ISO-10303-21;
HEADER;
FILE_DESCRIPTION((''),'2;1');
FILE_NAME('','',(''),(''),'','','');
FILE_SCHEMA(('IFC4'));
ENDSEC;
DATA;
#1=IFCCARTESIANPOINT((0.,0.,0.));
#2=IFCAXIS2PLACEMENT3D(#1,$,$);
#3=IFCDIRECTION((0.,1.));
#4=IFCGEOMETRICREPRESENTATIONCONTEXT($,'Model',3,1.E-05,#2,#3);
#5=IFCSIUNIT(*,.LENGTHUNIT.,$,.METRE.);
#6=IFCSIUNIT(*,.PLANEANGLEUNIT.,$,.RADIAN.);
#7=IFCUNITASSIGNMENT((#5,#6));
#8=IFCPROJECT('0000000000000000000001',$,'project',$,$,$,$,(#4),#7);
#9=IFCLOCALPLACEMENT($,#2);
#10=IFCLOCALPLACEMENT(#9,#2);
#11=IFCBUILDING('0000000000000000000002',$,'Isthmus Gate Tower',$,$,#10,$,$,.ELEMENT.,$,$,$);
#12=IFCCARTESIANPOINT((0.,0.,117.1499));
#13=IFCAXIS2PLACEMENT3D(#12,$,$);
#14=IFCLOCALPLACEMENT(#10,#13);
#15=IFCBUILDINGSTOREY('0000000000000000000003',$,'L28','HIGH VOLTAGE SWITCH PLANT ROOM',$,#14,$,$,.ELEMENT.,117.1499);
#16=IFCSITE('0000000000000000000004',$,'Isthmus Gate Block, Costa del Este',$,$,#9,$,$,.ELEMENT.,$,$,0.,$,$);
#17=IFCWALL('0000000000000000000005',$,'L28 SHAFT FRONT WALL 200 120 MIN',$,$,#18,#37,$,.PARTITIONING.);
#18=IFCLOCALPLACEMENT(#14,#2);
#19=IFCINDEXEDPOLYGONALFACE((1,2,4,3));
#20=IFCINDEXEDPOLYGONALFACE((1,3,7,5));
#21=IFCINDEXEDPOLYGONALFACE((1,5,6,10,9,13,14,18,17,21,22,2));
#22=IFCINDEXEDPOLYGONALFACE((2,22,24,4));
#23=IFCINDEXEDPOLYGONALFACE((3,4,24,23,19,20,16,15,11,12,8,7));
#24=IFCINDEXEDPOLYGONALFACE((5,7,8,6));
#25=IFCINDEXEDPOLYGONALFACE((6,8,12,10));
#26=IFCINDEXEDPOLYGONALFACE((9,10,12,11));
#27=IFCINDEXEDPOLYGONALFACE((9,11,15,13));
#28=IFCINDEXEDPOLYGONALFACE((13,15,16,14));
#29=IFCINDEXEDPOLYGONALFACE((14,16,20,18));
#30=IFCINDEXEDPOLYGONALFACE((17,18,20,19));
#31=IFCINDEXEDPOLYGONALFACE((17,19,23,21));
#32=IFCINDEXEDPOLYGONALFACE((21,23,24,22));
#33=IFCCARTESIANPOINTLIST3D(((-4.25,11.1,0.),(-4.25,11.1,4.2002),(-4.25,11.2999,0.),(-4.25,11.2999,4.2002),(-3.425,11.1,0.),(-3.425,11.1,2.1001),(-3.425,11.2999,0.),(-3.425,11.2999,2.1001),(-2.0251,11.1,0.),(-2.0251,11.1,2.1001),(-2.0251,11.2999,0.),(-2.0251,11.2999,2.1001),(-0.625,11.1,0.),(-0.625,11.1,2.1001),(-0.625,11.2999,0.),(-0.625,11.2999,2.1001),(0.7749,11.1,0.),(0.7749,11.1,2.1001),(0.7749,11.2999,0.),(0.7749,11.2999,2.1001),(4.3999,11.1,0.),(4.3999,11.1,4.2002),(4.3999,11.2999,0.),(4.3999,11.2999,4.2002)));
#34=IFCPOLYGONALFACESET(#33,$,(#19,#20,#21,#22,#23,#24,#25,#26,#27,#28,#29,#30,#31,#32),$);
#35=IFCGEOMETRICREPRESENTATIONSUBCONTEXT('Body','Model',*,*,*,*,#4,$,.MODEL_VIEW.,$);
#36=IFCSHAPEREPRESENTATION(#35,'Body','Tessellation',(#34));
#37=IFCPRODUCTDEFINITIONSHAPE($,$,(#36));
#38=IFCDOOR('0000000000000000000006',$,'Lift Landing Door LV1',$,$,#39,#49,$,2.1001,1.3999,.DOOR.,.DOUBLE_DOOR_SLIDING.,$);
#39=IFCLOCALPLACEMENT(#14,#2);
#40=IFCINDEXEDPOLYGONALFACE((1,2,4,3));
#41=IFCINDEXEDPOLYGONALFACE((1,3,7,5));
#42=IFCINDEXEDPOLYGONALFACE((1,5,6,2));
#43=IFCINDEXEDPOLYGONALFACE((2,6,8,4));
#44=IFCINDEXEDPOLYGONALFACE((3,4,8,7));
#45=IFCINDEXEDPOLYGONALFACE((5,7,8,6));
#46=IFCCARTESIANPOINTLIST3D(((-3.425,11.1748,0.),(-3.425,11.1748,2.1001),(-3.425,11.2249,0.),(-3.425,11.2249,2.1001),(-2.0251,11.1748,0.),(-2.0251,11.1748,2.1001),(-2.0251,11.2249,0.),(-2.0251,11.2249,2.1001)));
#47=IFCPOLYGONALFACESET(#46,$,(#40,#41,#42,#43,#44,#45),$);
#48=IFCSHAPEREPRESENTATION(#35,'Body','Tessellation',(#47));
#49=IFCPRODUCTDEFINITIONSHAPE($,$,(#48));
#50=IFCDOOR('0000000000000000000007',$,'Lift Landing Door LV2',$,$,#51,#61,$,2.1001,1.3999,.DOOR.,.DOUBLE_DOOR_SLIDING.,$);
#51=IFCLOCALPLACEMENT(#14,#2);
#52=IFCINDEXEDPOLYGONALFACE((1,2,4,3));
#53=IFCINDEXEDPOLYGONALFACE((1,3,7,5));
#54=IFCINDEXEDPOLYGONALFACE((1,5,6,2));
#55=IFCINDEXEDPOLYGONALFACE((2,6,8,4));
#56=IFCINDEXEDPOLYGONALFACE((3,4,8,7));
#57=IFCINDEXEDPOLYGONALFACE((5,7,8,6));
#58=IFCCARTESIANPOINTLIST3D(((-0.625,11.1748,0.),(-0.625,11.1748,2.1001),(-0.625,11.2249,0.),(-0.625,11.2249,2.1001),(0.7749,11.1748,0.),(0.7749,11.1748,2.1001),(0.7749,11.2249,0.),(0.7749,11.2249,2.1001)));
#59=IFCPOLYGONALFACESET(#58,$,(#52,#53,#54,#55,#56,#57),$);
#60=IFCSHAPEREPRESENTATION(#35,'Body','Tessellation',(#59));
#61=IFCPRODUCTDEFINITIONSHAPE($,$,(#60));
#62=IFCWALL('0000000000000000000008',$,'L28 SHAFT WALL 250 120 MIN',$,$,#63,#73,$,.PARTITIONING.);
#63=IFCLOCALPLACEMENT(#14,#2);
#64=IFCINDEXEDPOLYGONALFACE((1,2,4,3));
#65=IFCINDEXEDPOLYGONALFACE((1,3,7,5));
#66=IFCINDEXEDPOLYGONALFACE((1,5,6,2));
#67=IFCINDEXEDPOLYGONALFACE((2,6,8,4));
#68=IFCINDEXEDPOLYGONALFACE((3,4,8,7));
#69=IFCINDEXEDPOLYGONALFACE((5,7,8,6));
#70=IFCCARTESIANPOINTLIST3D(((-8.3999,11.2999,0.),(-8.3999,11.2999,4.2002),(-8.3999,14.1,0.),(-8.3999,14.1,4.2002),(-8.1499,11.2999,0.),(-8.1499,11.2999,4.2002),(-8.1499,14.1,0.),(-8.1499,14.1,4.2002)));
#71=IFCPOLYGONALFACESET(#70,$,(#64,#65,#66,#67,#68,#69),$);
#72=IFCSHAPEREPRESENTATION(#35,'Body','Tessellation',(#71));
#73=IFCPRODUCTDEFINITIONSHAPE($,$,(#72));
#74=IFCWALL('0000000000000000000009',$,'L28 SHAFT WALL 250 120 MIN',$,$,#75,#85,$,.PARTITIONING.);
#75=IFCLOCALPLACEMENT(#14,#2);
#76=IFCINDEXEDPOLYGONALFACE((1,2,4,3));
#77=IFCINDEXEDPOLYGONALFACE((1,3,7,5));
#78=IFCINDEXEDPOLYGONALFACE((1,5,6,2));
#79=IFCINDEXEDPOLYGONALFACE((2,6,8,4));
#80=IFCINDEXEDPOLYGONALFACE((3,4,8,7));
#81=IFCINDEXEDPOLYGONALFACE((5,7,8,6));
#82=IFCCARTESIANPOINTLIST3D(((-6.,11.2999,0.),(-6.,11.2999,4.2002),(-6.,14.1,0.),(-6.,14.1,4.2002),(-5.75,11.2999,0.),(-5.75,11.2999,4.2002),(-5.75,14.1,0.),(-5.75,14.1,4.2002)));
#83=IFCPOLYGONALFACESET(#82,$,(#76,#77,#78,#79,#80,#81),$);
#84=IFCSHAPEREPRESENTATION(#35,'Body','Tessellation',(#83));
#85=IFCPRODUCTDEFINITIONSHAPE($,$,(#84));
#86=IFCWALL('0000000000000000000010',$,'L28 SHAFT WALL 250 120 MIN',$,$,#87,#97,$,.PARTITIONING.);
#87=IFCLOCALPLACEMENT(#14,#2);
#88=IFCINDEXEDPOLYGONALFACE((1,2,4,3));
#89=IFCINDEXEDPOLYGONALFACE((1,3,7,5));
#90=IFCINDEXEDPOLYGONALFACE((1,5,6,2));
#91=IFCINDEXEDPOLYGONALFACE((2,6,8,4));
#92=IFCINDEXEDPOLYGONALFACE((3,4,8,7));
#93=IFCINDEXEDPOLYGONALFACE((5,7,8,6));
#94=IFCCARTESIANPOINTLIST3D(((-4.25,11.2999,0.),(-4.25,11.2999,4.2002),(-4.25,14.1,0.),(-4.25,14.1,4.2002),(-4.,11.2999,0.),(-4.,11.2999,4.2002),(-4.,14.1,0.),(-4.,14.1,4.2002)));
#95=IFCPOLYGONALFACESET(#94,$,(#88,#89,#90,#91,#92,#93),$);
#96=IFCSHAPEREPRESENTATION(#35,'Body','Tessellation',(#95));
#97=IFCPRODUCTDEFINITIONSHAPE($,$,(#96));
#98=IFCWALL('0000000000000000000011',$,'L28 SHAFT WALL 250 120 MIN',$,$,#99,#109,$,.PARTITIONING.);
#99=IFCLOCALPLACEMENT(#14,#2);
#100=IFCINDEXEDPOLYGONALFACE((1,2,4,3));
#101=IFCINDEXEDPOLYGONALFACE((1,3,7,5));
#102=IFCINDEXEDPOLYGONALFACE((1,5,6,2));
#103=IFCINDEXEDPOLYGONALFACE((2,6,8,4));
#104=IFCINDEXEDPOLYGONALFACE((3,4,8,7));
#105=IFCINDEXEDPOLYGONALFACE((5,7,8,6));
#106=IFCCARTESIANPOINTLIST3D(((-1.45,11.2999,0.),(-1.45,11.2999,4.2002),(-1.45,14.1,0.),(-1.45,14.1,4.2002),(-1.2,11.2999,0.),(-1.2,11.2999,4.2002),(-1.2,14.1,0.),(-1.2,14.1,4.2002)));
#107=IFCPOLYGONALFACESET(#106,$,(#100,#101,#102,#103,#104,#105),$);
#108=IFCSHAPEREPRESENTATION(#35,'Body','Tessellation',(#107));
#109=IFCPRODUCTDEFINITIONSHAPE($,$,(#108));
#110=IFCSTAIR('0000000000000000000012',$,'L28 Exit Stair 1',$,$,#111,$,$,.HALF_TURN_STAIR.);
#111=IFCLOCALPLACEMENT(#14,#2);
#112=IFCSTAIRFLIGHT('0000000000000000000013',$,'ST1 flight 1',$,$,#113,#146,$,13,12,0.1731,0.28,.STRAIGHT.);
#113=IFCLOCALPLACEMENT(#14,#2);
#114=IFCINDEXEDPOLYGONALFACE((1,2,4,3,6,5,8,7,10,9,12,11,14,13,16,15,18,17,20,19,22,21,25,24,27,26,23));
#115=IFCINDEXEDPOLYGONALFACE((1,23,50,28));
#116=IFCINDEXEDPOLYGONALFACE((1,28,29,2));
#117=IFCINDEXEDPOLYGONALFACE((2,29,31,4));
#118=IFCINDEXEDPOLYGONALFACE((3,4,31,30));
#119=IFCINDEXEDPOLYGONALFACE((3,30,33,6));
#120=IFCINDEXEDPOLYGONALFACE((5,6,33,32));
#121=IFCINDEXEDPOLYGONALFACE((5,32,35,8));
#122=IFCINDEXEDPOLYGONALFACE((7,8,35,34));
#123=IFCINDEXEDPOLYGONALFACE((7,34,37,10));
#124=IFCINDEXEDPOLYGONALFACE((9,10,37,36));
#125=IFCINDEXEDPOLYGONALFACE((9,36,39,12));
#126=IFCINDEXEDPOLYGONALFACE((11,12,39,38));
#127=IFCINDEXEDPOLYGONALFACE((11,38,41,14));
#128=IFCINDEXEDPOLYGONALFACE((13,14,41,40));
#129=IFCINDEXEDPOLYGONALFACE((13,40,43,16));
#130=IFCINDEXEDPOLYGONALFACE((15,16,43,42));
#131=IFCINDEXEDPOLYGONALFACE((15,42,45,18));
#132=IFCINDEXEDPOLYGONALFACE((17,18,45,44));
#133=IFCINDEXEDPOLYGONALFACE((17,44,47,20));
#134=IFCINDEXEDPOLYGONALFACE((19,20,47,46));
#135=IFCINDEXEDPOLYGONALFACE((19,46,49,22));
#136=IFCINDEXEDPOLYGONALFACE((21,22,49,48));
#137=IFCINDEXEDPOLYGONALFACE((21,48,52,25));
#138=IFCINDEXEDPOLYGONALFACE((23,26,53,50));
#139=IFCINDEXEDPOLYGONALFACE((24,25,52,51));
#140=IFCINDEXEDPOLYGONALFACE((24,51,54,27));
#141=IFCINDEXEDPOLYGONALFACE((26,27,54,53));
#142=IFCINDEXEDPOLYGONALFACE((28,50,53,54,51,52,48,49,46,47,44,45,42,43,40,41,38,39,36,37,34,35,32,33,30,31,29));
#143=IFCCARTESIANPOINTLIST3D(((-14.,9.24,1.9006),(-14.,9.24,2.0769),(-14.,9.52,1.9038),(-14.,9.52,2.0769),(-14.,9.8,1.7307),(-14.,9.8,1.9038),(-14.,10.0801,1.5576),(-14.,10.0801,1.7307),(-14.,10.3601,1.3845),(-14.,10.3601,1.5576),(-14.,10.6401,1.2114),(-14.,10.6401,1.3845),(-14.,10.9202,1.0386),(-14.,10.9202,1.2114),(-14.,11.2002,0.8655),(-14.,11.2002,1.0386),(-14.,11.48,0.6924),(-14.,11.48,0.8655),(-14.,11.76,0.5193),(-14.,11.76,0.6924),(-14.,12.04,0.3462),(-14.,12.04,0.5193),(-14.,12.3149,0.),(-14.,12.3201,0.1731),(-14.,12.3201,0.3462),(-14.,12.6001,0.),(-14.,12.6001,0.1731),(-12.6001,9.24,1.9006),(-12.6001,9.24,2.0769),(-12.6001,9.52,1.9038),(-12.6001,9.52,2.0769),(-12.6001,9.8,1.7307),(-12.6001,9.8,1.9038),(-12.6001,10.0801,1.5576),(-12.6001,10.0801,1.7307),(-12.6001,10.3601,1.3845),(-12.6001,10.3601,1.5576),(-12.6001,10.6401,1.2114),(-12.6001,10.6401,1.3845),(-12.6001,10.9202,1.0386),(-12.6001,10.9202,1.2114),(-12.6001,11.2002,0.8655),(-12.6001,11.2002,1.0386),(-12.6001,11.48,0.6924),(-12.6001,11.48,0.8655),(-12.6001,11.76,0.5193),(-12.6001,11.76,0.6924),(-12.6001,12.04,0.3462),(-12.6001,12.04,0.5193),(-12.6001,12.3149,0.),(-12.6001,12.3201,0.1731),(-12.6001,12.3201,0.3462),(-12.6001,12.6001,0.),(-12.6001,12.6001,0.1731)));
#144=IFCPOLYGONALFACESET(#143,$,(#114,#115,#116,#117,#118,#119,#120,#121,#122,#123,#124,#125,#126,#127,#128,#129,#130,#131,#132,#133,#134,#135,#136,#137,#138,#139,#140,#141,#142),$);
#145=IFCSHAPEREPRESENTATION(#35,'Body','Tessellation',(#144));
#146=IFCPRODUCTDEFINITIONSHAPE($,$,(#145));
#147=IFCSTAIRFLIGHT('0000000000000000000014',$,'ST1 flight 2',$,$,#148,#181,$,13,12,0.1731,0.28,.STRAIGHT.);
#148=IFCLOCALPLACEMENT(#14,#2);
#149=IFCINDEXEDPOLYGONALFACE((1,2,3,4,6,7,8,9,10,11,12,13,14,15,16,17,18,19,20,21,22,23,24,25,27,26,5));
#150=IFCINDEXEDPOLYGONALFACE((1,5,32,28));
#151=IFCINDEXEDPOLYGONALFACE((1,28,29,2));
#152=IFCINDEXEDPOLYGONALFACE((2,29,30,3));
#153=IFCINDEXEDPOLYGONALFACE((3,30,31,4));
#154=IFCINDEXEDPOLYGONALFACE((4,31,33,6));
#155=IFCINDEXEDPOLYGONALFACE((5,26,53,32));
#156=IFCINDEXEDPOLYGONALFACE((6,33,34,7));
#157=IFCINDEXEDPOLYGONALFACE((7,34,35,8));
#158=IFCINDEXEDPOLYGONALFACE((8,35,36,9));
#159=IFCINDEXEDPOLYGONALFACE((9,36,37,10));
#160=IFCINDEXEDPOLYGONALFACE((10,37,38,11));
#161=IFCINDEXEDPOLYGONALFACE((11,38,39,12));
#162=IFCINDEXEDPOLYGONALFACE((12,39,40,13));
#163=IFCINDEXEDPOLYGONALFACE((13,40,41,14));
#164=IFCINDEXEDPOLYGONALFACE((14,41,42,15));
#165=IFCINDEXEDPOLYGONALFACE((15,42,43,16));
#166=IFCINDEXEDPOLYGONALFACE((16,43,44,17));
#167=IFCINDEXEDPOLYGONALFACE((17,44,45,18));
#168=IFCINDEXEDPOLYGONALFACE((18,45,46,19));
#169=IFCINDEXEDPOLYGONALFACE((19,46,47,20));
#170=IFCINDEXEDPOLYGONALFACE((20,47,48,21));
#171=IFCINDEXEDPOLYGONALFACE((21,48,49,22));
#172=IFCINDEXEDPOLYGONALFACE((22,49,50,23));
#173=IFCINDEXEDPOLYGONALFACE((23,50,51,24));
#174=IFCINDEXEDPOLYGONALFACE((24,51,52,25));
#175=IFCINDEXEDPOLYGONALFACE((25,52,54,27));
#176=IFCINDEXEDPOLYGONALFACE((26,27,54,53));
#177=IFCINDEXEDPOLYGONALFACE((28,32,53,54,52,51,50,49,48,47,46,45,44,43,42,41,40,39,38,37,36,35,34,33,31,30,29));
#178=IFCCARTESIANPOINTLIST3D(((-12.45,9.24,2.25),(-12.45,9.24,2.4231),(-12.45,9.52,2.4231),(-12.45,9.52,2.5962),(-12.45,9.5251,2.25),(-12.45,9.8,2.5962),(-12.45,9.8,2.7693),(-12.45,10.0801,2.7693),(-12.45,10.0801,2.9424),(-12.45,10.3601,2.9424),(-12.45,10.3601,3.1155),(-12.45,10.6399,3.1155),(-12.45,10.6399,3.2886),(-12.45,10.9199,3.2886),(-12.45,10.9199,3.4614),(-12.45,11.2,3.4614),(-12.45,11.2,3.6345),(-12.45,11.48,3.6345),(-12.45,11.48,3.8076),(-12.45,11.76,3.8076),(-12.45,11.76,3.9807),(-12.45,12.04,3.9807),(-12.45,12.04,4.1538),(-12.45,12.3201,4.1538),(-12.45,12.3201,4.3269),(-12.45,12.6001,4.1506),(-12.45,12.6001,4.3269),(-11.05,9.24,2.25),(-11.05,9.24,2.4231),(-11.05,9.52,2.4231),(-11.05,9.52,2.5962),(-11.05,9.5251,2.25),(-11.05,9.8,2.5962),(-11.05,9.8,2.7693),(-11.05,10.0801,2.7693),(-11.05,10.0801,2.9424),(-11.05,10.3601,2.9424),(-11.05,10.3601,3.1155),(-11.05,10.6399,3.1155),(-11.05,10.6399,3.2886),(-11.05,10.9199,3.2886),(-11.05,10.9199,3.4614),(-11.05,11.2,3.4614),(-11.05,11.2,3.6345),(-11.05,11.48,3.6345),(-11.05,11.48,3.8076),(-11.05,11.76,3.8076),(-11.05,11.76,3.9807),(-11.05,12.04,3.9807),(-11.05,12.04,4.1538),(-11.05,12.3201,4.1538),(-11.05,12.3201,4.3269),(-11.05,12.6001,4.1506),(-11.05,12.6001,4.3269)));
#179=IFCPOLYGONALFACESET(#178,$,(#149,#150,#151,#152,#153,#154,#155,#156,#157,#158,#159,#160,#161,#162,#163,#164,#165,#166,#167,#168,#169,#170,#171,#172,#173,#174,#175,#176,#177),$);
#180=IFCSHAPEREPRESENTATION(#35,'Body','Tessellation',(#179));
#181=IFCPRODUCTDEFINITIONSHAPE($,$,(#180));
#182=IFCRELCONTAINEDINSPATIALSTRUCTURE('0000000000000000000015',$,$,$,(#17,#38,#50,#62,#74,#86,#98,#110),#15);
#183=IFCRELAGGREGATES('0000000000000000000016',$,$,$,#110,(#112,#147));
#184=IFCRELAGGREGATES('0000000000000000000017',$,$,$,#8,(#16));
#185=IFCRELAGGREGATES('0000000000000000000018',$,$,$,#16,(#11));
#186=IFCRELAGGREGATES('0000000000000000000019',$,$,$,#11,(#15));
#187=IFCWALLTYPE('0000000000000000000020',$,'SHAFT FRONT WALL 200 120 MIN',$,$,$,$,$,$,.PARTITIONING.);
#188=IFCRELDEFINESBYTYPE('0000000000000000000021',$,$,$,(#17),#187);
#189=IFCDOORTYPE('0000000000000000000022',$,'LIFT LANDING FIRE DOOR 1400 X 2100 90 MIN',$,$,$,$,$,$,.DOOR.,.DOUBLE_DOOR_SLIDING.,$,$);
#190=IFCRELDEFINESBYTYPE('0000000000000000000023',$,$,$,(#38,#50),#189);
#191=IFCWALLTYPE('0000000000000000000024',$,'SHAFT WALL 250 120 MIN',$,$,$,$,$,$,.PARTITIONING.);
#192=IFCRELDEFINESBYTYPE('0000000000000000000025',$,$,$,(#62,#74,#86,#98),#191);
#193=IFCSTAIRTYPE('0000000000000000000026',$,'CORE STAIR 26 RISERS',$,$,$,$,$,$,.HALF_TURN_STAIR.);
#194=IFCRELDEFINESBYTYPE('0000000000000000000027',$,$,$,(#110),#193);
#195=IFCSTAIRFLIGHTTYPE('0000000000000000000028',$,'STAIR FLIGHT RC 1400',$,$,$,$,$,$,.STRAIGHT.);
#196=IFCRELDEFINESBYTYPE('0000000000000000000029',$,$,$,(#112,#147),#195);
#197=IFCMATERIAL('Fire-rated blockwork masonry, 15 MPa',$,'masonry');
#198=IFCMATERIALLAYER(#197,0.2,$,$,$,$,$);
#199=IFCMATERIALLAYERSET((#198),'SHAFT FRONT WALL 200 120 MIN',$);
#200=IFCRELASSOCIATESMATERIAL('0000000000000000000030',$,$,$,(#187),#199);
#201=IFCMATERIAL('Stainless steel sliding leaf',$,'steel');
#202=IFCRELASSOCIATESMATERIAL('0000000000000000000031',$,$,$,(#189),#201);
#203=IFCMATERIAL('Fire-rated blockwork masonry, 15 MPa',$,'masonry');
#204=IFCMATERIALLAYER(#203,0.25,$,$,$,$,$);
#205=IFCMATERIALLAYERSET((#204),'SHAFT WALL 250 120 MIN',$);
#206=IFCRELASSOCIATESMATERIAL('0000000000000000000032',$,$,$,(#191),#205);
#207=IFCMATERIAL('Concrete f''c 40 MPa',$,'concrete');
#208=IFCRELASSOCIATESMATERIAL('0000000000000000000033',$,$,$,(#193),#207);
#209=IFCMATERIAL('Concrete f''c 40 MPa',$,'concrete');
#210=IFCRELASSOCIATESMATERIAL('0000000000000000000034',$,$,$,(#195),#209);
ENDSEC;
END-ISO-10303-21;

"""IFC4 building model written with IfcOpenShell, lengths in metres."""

from ifc_helpers import new_model, si_unit, direction, frame, frame_2d, origin, place, context, subcontext, project, spatial, polyline, rectangle, outline, extrude, material, layer, layer_set, type_object, element, fill, aggregate, save


model = new_model("IFC4")

# Units and contexts
model_context = context("Model", 3, precision=1e-05, world=origin(), true_north=direction((0.0, 1.0)))
body_context = subcontext(model_context, "Body", "Model", "MODEL_VIEW")
ifc_project = project(units=[si_unit("LENGTHUNIT", "METRE"), si_unit("PLANEANGLEUNIT", "RADIAN")], contexts=[model_context])

# Site, building, storey
site_placement = place(None, origin())
site = spatial("IfcSite", under=ifc_project, at=site_placement, Name="Isthmus Gate Block, Costa del Este", CompositionType="ELEMENT", RefElevation=0.0)
building_placement = place(site_placement, origin())
building = spatial("IfcBuilding", under=site, at=building_placement, Name="Isthmus Gate Tower", CompositionType="ELEMENT")
storey_placement = place(building_placement, frame((0.0, 0.0, 117.1499)))
storey = spatial("IfcBuildingStorey", under=building, at=storey_placement, Name="L28", Description="HIGH VOLTAGE SWITCH PLANT ROOM", CompositionType="ELEMENT", Elevation=117.1499)

# Wall, openings, doors
ifc_material_1 = material(Name="Fire-rated blockwork masonry, 15 MPa", Category="masonry")
ifc_layer_1 = layer(ifc_material_1, 0.2)
ifc_layer_set_1 = layer_set([ifc_layer_1], Name="SHAFT FRONT WALL 200 120 MIN")
wall_type_1 = type_object("IfcWallType", Name="SHAFT FRONT WALL 200 120 MIN", PredefinedType="PARTITIONING", material=ifc_layer_set_1)
wall_1_placement = place(storey_placement, frame((-4.25, 11.2, 0.0), z_axis=(0.0, 0.0, 1.0), x_axis=(1.0, 0.0, 0.0)))
wall_1 = element("IfcWall", 1, at=wall_1_placement, inside=storey, type_object=wall_type_1, Name="L28 SHAFT FRONT WALL 200 120 MIN", PredefinedType="PARTITIONING", context=body_context, shape_type="SweptSolid", body=[
    extrude(rectangle(XDim=8.6499, YDim=0.2, at=frame_2d((4.325, 0.0))), origin(), (0.0, 0.0, 1.0), 4.2002),
])
opening_1_placement = place(wall_1_placement, frame((0.825, 0.0, 0.0)))
opening_1 = element("IfcOpeningElement", 2, at=opening_1_placement, cuts=wall_1, PredefinedType="OPENING", context=body_context, shape_type="SweptSolid", body=[
    extrude(rectangle(XDim=1.3999, YDim=2.1001, at=frame_2d((0.7, 1.05))), frame((0.0, 0.1099, 0.0), z_axis=(0.0, -1.0, 0.0), x_axis=(1.0, 0.0, 0.0)), (0.0, 0.0, 1.0), 0.22),
])
opening_2_placement = place(wall_1_placement, frame((3.625, 0.0, 0.0)))
opening_2 = element("IfcOpeningElement", 3, at=opening_2_placement, cuts=wall_1, PredefinedType="OPENING", context=body_context, shape_type="SweptSolid", body=[
    extrude(rectangle(XDim=1.3999, YDim=2.1001, at=frame_2d((0.7, 1.05))), frame((0.0, 0.1099, 0.0), z_axis=(0.0, -1.0, 0.0), x_axis=(1.0, 0.0, 0.0)), (0.0, 0.0, 1.0), 0.22),
])
ifc_material_2 = material(Name="Stainless steel sliding leaf", Category="steel")
door_type_1 = type_object("IfcDoorType", Name="LIFT LANDING FIRE DOOR 1400 X 2100 90 MIN", OperationType="DOUBLE_DOOR_SLIDING", PredefinedType="DOOR", material=ifc_material_2)
door_1_placement = place(opening_1_placement, origin())
door_1 = element("IfcDoor", 4, at=door_1_placement, inside=storey, type_object=door_type_1, Name="Lift Landing Door LV1", OperationType="DOUBLE_DOOR_SLIDING", OverallHeight=2.1001, OverallWidth=1.3999, PredefinedType="DOOR", context=body_context, shape_type="SweptSolid", body=[
    extrude(rectangle(XDim=1.3999, YDim=2.1001, at=frame_2d((0.7, 1.05))), frame((0.0, 0.0249, 0.0), z_axis=(0.0, -1.0, 0.0), x_axis=(1.0, 0.0, 0.0)), (0.0, 0.0, 1.0), 0.05),
])
fill(opening_1, door_1)
door_2_placement = place(opening_2_placement, origin())
door_2 = element("IfcDoor", 5, at=door_2_placement, inside=storey, type_object=door_type_1, Name="Lift Landing Door LV2", OperationType="DOUBLE_DOOR_SLIDING", OverallHeight=2.1001, OverallWidth=1.3999, PredefinedType="DOOR", context=body_context, shape_type="SweptSolid", body=[
    extrude(rectangle(XDim=1.3999, YDim=2.1001, at=frame_2d((0.7, 1.05))), frame((0.0, 0.0249, 0.0), z_axis=(0.0, -1.0, 0.0), x_axis=(1.0, 0.0, 0.0)), (0.0, 0.0, 1.0), 0.05),
])
fill(opening_2, door_2)

# Walls
ifc_material_3 = material(Name="Fire-rated blockwork masonry, 15 MPa", Category="masonry")
ifc_layer_2 = layer(ifc_material_3, 0.25)
ifc_layer_set_2 = layer_set([ifc_layer_2], Name="SHAFT WALL 250 120 MIN")
wall_type_2 = type_object("IfcWallType", Name="SHAFT WALL 250 120 MIN", PredefinedType="PARTITIONING", material=ifc_layer_set_2)
for number, where, z_axis, x_axis, name in (
    (6, (-8.2749, 11.3, 0.0), (0.0, 0.0, 1.0), (0.0, 1.0, 0.0), "L28 SHAFT WALL 250 120 MIN"),
    (7, (-5.875, 11.3, 0.0), (0.0, 0.0, 1.0), (0.0, 1.0, 0.0), "L28 SHAFT WALL 250 120 MIN"),
    (8, (-4.125, 11.3, 0.0), (0.0, 0.0, 1.0), (0.0, 1.0, 0.0), "L28 SHAFT WALL 250 120 MIN"),
    (9, (-1.325, 11.3, 0.0), (0.0, 0.0, 1.0), (0.0, 1.0, 0.0), "L28 SHAFT WALL 250 120 MIN"),
):
    element("IfcWall", number, at=place(storey_placement, frame(where, z_axis=z_axis, x_axis=x_axis)), inside=storey, type_object=wall_type_2, Name=name, PredefinedType="PARTITIONING", context=body_context, shape_type="SweptSolid", body=[
        extrude(rectangle(XDim=2.8, YDim=0.25, at=frame_2d((1.3999, 0.0))), origin(), (0.0, 0.0, 1.0), 4.2002),
    ])

# Stair, stair flights
ifc_material_4 = material(Name="Concrete f'c 40 MPa", Category="concrete")
stair_type = type_object("IfcStairType", Name="CORE STAIR 26 RISERS", PredefinedType="HALF_TURN_STAIR", material=ifc_material_4)
stair_placement = place(storey_placement, origin())
stair = element("IfcStair", 10, at=stair_placement, inside=storey, type_object=stair_type, Name="L28 Exit Stair 1", PredefinedType="HALF_TURN_STAIR")
ifc_material_5 = material(Name="Concrete f'c 40 MPa", Category="concrete")
stair_flight_type = type_object("IfcStairFlightType", Name="STAIR FLIGHT RC 1400", PredefinedType="STRAIGHT", material=ifc_material_5)
stair_flight_1_placement = place(storey_placement, frame((-13.3, 12.6001, 0.0), z_axis=(0.0, 0.0, 1.0), x_axis=(0.0, -1.0, 0.0)))
stair_flight_1 = element("IfcStairFlight", 11, at=stair_flight_1_placement, type_object=stair_flight_type, Name="ST1 flight 1", NumberOfRisers=13, NumberOfTreads=12, PredefinedType="STRAIGHT", RiserHeight=0.1731, TreadLength=0.28, context=body_context, shape_type="SweptSolid", body=[
    extrude(outline(polyline([(0.0, 0.0), (0.0, 0.1731), (0.28, 0.1731), (0.28, 0.3462), (0.5601, 0.3462), (0.5601, 0.5193), (0.8401, 0.5193), (0.8401, 0.6924), (1.1201, 0.6924), (1.1201, 0.8655), (1.3999, 0.8655), (1.3999, 1.0386), (1.6799, 1.0386), (1.6799, 1.2114), (1.96, 1.2114), (1.96, 1.3845), (2.24, 1.3845), (2.24, 1.5576), (2.52, 1.5576), (2.52, 1.7307), (2.8, 1.7307), (2.8, 1.9038), (3.0801, 1.9038), (3.0801, 2.0769), (3.3601, 2.0769), (3.3601, 2.25), (3.3601, 1.9006), (0.2852, 0.0), (0.0, 0.0)])), frame((0.0, 0.7, 0.0), z_axis=(0.0, -1.0, 0.0), x_axis=(1.0, 0.0, 0.0)), (0.0, 0.0, 1.0), 1.3999),
])
stair_flight_2_placement = place(storey_placement, frame((-11.75, 9.24, 2.25), z_axis=(0.0, 0.0, 1.0), x_axis=(0.0, 1.0, 0.0)))
stair_flight_2 = element("IfcStairFlight", 12, at=stair_flight_2_placement, type_object=stair_flight_type, Name="ST1 flight 2", NumberOfRisers=13, NumberOfTreads=12, PredefinedType="STRAIGHT", RiserHeight=0.1731, TreadLength=0.28, context=body_context, shape_type="SweptSolid", body=[
    extrude(outline(polyline([(0.0, 0.0), (0.0, 0.1731), (0.28, 0.1731), (0.28, 0.3462), (0.5601, 0.3462), (0.5601, 0.5193), (0.8401, 0.5193), (0.8401, 0.6924), (1.1201, 0.6924), (1.1201, 0.8655), (1.3999, 0.8655), (1.3999, 1.0386), (1.6799, 1.0386), (1.6799, 1.2114), (1.96, 1.2114), (1.96, 1.3845), (2.24, 1.3845), (2.24, 1.5576), (2.52, 1.5576), (2.52, 1.7307), (2.8, 1.7307), (2.8, 1.9038), (3.0801, 1.9038), (3.0801, 2.0769), (3.3601, 2.0769), (3.3601, 2.25), (3.3601, 1.9006), (0.2852, 0.0), (0.0, 0.0)])), frame((0.0, 0.7, 0.0), z_axis=(0.0, -1.0, 0.0), x_axis=(1.0, 0.0, 0.0)), (0.0, 0.0, 1.0), 1.3999),
])
aggregate(stair, [stair_flight_1, stair_flight_2])

save(model, "model.ifc")
